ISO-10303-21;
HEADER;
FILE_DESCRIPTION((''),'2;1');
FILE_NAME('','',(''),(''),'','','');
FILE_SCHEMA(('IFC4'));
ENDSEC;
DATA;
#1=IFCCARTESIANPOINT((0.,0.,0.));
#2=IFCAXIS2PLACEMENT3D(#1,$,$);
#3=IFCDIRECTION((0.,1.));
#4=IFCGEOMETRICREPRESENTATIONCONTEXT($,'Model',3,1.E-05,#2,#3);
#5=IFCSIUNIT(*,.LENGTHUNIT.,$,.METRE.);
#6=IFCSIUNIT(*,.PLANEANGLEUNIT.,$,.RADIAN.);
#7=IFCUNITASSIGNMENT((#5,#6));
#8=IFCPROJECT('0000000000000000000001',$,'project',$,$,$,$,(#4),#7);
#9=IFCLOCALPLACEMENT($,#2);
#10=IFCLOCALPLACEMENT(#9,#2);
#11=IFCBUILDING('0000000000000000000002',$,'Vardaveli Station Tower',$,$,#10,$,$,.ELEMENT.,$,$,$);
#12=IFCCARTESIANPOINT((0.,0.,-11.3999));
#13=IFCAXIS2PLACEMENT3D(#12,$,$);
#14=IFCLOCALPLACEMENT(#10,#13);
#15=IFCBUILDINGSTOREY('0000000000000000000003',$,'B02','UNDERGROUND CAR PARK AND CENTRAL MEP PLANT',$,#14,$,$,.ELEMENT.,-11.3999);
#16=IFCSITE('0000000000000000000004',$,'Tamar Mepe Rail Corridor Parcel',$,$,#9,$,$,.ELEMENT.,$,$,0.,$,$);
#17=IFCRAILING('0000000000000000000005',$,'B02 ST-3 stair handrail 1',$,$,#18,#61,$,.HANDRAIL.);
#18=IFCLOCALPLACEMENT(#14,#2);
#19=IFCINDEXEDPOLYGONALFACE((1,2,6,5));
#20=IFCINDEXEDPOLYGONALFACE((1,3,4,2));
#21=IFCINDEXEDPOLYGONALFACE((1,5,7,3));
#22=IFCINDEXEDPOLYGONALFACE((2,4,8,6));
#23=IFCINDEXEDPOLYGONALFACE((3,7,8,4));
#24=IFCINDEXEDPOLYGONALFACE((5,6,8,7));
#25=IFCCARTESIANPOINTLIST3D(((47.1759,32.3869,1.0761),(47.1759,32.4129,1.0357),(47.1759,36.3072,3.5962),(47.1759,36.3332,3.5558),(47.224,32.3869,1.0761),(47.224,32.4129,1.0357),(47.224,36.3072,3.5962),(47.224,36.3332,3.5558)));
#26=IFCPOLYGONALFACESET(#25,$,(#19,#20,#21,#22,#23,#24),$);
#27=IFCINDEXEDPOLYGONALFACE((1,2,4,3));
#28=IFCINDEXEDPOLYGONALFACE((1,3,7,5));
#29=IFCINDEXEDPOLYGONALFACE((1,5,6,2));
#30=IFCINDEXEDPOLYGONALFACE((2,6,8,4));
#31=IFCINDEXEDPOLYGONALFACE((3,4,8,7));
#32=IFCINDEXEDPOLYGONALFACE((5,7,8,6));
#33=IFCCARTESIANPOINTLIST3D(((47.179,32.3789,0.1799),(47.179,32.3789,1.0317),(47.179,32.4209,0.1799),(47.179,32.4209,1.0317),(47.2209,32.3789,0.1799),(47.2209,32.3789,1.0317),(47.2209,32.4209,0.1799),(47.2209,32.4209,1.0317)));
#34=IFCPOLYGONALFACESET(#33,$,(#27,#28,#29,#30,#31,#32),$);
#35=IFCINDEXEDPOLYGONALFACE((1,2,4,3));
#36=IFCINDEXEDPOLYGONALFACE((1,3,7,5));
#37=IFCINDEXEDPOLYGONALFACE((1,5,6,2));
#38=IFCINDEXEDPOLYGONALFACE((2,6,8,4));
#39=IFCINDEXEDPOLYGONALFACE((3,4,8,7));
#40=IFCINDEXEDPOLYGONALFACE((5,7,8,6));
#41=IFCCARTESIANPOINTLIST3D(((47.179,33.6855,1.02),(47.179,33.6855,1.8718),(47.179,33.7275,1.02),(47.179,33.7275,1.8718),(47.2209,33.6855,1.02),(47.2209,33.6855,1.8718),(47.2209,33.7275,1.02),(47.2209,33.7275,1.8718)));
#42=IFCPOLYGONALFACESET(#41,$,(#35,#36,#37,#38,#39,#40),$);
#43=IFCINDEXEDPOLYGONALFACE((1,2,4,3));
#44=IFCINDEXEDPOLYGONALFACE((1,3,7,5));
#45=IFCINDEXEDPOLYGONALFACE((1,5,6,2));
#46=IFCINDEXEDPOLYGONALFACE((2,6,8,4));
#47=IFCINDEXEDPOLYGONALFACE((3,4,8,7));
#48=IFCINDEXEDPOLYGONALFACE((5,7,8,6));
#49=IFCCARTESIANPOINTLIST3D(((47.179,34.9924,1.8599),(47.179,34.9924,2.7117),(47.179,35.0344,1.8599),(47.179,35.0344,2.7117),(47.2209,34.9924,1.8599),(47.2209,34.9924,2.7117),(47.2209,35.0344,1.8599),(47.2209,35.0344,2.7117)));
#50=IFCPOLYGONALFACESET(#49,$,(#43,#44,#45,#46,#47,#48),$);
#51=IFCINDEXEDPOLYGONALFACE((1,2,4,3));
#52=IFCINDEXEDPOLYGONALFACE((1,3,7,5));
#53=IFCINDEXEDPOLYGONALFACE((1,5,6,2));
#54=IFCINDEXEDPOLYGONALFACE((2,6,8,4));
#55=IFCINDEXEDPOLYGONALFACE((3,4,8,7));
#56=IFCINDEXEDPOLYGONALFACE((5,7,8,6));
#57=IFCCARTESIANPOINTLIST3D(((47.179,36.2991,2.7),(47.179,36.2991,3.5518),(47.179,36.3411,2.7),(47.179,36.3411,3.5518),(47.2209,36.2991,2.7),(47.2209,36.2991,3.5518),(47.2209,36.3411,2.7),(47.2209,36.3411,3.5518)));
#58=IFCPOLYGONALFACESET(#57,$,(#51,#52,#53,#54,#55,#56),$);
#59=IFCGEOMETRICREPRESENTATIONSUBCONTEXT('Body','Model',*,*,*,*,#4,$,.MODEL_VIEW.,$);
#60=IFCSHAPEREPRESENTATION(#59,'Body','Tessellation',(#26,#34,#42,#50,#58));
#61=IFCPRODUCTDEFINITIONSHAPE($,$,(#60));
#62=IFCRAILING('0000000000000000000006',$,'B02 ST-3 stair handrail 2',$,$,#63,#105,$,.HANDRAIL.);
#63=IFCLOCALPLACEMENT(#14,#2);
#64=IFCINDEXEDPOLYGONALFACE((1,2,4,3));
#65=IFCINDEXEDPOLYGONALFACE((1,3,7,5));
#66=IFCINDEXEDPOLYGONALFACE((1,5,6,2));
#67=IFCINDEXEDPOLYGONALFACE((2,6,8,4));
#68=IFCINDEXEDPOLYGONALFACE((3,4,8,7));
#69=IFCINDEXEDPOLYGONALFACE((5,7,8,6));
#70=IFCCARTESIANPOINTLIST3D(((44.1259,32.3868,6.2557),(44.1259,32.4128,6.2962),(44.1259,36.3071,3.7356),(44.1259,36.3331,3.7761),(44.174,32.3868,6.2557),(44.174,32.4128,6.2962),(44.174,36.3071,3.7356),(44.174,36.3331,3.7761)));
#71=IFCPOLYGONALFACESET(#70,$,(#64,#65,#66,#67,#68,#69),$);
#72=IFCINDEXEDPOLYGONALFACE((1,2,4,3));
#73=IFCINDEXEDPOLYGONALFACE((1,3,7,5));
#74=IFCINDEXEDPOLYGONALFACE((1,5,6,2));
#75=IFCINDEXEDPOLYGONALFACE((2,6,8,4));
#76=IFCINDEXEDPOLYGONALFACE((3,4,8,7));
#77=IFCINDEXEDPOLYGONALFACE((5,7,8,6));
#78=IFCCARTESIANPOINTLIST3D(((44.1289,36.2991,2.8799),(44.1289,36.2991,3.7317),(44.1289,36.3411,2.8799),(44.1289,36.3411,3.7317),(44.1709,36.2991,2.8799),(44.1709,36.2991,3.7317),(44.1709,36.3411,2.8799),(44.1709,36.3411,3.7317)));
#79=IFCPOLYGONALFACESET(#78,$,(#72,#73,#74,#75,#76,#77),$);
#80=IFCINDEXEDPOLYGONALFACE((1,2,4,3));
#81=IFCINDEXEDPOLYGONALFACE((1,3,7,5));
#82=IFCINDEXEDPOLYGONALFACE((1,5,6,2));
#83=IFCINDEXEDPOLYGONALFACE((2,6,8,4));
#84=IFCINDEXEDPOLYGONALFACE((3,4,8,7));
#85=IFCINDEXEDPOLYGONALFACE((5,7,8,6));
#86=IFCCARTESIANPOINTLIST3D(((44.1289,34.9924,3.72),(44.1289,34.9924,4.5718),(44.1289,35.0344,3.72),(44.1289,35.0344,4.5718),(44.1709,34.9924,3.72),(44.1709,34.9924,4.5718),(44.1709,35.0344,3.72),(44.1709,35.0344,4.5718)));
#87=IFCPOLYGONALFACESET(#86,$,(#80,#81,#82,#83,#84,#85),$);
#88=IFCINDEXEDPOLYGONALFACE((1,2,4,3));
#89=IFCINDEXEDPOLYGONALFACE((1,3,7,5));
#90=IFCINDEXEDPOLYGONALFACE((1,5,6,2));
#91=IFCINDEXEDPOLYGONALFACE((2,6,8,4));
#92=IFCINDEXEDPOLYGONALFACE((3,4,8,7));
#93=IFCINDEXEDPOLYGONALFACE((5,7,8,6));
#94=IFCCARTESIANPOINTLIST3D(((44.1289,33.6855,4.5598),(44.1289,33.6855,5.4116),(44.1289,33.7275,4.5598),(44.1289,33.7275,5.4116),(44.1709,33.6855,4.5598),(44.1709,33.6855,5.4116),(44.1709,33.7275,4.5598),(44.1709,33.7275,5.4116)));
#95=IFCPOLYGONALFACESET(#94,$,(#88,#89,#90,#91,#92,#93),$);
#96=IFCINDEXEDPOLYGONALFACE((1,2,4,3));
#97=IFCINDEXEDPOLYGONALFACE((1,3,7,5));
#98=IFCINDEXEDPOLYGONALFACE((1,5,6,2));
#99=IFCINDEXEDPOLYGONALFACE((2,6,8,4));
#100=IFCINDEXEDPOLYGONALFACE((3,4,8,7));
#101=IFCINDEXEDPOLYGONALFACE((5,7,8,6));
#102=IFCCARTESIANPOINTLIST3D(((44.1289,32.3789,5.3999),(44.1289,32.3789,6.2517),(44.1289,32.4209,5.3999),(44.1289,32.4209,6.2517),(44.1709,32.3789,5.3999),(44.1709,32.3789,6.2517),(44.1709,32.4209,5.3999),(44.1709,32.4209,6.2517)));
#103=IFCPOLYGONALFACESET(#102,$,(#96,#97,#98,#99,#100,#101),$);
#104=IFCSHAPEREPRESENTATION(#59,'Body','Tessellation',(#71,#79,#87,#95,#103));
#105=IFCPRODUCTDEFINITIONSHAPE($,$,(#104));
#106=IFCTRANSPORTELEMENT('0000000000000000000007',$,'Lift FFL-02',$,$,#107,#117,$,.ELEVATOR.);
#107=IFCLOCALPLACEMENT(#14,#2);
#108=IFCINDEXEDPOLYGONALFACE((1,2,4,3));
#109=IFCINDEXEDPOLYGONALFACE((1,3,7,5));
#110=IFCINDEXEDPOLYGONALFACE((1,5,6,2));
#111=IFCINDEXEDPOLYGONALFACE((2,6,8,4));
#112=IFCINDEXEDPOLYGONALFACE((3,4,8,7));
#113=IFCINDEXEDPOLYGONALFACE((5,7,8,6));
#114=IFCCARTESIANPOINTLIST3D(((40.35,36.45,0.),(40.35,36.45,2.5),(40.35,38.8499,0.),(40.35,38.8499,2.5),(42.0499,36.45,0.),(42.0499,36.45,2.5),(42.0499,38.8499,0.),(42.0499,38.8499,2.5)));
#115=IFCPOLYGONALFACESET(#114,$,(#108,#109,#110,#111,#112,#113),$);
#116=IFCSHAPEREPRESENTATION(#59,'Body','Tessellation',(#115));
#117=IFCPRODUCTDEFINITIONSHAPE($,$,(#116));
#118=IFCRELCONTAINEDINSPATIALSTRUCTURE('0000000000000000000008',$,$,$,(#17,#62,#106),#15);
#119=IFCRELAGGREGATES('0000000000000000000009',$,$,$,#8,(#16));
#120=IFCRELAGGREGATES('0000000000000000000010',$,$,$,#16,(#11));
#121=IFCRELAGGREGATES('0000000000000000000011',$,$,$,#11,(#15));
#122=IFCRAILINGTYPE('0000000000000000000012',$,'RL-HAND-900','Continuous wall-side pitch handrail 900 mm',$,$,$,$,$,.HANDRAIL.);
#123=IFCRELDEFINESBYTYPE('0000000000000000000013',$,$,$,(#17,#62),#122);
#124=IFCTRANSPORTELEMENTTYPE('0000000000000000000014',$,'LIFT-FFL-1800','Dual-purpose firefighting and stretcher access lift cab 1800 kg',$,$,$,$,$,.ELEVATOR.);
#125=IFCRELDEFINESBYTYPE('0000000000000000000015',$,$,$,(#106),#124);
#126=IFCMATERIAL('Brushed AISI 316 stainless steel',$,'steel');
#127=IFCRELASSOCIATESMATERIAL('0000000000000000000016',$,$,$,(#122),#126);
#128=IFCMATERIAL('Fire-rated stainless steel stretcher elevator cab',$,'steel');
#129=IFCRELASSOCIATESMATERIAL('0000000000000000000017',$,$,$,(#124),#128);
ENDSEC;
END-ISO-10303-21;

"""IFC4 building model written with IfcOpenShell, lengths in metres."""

from ifc_helpers import new_model, si_unit, direction, frame, origin, origin_2d, place, context, subcontext, project, spatial, rectangle, extrude, source, transform, mapped, material, type_object, element, save


model = new_model("IFC4")

# Units and contexts
model_context = context("Model", 3, precision=1e-05, world=origin(), true_north=direction((0.0, 1.0)))
body_context = subcontext(model_context, "Body", "Model", "MODEL_VIEW")
ifc_project = project(units=[si_unit("LENGTHUNIT", "METRE"), si_unit("PLANEANGLEUNIT", "RADIAN")], contexts=[model_context])

# Site, building, storey
site_placement = place(None, origin())
site = spatial("IfcSite", under=ifc_project, at=site_placement, Name="Tamar Mepe Rail Corridor Parcel", CompositionType="ELEMENT", RefElevation=0.0)
building_placement = place(site_placement, origin())
building = spatial("IfcBuilding", under=site, at=building_placement, Name="Vardaveli Station Tower", CompositionType="ELEMENT")
storey_placement = place(building_placement, frame((0.0, 0.0, -11.3999)))
storey = spatial("IfcBuildingStorey", under=building, at=storey_placement, Name="B02", Description="UNDERGROUND CAR PARK AND CENTRAL MEP PLANT", CompositionType="ELEMENT", Elevation=-11.3999)

# Railings
ifc_material_1 = material(Name="Brushed AISI 316 stainless steel", Category="steel")
railing_type_1 = type_object("IfcRailingType", Name="RL-HAND-900", Description="Continuous wall-side pitch handrail 900 mm", PredefinedType="HANDRAIL", material=ifc_material_1)
shared_shape_1 = source(origin(), body_context, "Body", "SweptSolid", [
    extrude(rectangle(XDim=0.0481, YDim=0.0481, at=origin_2d()), frame((0.0, 0.0, 0.876), z_axis=(0.0, 0.841187, 0.540744), x_axis=(-1.0, 0.0, 0.0)), (0.0, 0.0, 1.0), 4.6604),
    extrude(rectangle(XDim=0.042, YDim=0.042, at=origin_2d()), origin(), (0.0, 0.0, 1.0), 0.8518),
    extrude(rectangle(XDim=0.042, YDim=0.042, at=origin_2d()), frame((0.0, 1.3066, 0.8401)), (0.0, 0.0, 1.0), 0.8518),
    extrude(rectangle(XDim=0.042, YDim=0.042, at=origin_2d()), frame((0.0, 2.6135, 1.6799)), (0.0, 0.0, 1.0), 0.8518),
    extrude(rectangle(XDim=0.042, YDim=0.042, at=origin_2d()), frame((0.0, 3.9202, 2.52)), (0.0, 0.0, 1.0), 0.8518),
])
for number, where, name in (
    (1, (47.2, 32.3999, 0.1799), "B02 ST-3 stair handrail 1"),
):
    element("IfcRailing", number, at=place(storey_placement, frame(where)), inside=storey, type_object=railing_type_1, Name=name, PredefinedType="HANDRAIL", context=body_context, shape_type="MappedRepresentation", body=[
        mapped(shared_shape_1, transform((0.0, 0.0, 0.0), scale=1.0)),
    ])
shared_shape_2 = source(origin(), body_context, "Body", "SweptSolid", [
    extrude(rectangle(XDim=0.0481, YDim=0.0481, at=origin_2d()), frame((0.0, 0.0, 0.876), z_axis=(0.0, -0.841187, 0.540744), x_axis=(1.0, 0.0, 0.0)), (0.0, 0.0, 1.0), 4.6604),
    extrude(rectangle(XDim=0.042, YDim=0.042, at=origin_2d()), origin(), (0.0, 0.0, 1.0), 0.8518),
    extrude(rectangle(XDim=0.042, YDim=0.042, at=origin_2d()), frame((0.0, -1.3066, 0.8401)), (0.0, 0.0, 1.0), 0.8518),
    extrude(rectangle(XDim=0.042, YDim=0.042, at=origin_2d()), frame((0.0, -2.6135, 1.6799)), (0.0, 0.0, 1.0), 0.8518),
    extrude(rectangle(XDim=0.042, YDim=0.042, at=origin_2d()), frame((0.0, -3.9202, 2.52)), (0.0, 0.0, 1.0), 0.8518),
])
railing_1_placement = place(storey_placement, frame((44.1499, 36.3201, 2.8799)))
element("IfcRailing", 2, at=railing_1_placement, inside=storey, type_object=railing_type_1, Name="B02 ST-3 stair handrail 2", PredefinedType="HANDRAIL", context=body_context, shape_type="MappedRepresentation", body=[
    mapped(shared_shape_2, transform((0.0, 0.0, 0.0), scale=1.0)),
])

# Transport element
ifc_material_2 = material(Name="Fire-rated stainless steel stretcher elevator cab", Category="steel")
transport_element_type = type_object("IfcTransportElementType", Name="LIFT-FFL-1800", Description="Dual-purpose firefighting and stretcher access lift cab 1800 kg", PredefinedType="ELEVATOR", material=ifc_material_2)
shared_shape_3 = source(origin(), body_context, "Body", "SweptSolid", [
    extrude(rectangle(XDim=1.7, YDim=2.3999, at=origin_2d()), origin(), (0.0, 0.0, 1.0), 2.5),
])
transport_element_placement = place(storey_placement, frame((41.2, 37.6499, 0.0), z_axis=(0.0, 0.0, 1.0), x_axis=(1.0, 0.0, 0.0)))
element("IfcTransportElement", 3, at=transport_element_placement, inside=storey, type_object=transport_element_type, Name="Lift FFL-02", PredefinedType="ELEVATOR", context=body_context, shape_type="MappedRepresentation", body=[
    mapped(shared_shape_3, transform((0.0, 0.0, 0.0), scale=1.0)),
])

save(model, "model.ifc")
